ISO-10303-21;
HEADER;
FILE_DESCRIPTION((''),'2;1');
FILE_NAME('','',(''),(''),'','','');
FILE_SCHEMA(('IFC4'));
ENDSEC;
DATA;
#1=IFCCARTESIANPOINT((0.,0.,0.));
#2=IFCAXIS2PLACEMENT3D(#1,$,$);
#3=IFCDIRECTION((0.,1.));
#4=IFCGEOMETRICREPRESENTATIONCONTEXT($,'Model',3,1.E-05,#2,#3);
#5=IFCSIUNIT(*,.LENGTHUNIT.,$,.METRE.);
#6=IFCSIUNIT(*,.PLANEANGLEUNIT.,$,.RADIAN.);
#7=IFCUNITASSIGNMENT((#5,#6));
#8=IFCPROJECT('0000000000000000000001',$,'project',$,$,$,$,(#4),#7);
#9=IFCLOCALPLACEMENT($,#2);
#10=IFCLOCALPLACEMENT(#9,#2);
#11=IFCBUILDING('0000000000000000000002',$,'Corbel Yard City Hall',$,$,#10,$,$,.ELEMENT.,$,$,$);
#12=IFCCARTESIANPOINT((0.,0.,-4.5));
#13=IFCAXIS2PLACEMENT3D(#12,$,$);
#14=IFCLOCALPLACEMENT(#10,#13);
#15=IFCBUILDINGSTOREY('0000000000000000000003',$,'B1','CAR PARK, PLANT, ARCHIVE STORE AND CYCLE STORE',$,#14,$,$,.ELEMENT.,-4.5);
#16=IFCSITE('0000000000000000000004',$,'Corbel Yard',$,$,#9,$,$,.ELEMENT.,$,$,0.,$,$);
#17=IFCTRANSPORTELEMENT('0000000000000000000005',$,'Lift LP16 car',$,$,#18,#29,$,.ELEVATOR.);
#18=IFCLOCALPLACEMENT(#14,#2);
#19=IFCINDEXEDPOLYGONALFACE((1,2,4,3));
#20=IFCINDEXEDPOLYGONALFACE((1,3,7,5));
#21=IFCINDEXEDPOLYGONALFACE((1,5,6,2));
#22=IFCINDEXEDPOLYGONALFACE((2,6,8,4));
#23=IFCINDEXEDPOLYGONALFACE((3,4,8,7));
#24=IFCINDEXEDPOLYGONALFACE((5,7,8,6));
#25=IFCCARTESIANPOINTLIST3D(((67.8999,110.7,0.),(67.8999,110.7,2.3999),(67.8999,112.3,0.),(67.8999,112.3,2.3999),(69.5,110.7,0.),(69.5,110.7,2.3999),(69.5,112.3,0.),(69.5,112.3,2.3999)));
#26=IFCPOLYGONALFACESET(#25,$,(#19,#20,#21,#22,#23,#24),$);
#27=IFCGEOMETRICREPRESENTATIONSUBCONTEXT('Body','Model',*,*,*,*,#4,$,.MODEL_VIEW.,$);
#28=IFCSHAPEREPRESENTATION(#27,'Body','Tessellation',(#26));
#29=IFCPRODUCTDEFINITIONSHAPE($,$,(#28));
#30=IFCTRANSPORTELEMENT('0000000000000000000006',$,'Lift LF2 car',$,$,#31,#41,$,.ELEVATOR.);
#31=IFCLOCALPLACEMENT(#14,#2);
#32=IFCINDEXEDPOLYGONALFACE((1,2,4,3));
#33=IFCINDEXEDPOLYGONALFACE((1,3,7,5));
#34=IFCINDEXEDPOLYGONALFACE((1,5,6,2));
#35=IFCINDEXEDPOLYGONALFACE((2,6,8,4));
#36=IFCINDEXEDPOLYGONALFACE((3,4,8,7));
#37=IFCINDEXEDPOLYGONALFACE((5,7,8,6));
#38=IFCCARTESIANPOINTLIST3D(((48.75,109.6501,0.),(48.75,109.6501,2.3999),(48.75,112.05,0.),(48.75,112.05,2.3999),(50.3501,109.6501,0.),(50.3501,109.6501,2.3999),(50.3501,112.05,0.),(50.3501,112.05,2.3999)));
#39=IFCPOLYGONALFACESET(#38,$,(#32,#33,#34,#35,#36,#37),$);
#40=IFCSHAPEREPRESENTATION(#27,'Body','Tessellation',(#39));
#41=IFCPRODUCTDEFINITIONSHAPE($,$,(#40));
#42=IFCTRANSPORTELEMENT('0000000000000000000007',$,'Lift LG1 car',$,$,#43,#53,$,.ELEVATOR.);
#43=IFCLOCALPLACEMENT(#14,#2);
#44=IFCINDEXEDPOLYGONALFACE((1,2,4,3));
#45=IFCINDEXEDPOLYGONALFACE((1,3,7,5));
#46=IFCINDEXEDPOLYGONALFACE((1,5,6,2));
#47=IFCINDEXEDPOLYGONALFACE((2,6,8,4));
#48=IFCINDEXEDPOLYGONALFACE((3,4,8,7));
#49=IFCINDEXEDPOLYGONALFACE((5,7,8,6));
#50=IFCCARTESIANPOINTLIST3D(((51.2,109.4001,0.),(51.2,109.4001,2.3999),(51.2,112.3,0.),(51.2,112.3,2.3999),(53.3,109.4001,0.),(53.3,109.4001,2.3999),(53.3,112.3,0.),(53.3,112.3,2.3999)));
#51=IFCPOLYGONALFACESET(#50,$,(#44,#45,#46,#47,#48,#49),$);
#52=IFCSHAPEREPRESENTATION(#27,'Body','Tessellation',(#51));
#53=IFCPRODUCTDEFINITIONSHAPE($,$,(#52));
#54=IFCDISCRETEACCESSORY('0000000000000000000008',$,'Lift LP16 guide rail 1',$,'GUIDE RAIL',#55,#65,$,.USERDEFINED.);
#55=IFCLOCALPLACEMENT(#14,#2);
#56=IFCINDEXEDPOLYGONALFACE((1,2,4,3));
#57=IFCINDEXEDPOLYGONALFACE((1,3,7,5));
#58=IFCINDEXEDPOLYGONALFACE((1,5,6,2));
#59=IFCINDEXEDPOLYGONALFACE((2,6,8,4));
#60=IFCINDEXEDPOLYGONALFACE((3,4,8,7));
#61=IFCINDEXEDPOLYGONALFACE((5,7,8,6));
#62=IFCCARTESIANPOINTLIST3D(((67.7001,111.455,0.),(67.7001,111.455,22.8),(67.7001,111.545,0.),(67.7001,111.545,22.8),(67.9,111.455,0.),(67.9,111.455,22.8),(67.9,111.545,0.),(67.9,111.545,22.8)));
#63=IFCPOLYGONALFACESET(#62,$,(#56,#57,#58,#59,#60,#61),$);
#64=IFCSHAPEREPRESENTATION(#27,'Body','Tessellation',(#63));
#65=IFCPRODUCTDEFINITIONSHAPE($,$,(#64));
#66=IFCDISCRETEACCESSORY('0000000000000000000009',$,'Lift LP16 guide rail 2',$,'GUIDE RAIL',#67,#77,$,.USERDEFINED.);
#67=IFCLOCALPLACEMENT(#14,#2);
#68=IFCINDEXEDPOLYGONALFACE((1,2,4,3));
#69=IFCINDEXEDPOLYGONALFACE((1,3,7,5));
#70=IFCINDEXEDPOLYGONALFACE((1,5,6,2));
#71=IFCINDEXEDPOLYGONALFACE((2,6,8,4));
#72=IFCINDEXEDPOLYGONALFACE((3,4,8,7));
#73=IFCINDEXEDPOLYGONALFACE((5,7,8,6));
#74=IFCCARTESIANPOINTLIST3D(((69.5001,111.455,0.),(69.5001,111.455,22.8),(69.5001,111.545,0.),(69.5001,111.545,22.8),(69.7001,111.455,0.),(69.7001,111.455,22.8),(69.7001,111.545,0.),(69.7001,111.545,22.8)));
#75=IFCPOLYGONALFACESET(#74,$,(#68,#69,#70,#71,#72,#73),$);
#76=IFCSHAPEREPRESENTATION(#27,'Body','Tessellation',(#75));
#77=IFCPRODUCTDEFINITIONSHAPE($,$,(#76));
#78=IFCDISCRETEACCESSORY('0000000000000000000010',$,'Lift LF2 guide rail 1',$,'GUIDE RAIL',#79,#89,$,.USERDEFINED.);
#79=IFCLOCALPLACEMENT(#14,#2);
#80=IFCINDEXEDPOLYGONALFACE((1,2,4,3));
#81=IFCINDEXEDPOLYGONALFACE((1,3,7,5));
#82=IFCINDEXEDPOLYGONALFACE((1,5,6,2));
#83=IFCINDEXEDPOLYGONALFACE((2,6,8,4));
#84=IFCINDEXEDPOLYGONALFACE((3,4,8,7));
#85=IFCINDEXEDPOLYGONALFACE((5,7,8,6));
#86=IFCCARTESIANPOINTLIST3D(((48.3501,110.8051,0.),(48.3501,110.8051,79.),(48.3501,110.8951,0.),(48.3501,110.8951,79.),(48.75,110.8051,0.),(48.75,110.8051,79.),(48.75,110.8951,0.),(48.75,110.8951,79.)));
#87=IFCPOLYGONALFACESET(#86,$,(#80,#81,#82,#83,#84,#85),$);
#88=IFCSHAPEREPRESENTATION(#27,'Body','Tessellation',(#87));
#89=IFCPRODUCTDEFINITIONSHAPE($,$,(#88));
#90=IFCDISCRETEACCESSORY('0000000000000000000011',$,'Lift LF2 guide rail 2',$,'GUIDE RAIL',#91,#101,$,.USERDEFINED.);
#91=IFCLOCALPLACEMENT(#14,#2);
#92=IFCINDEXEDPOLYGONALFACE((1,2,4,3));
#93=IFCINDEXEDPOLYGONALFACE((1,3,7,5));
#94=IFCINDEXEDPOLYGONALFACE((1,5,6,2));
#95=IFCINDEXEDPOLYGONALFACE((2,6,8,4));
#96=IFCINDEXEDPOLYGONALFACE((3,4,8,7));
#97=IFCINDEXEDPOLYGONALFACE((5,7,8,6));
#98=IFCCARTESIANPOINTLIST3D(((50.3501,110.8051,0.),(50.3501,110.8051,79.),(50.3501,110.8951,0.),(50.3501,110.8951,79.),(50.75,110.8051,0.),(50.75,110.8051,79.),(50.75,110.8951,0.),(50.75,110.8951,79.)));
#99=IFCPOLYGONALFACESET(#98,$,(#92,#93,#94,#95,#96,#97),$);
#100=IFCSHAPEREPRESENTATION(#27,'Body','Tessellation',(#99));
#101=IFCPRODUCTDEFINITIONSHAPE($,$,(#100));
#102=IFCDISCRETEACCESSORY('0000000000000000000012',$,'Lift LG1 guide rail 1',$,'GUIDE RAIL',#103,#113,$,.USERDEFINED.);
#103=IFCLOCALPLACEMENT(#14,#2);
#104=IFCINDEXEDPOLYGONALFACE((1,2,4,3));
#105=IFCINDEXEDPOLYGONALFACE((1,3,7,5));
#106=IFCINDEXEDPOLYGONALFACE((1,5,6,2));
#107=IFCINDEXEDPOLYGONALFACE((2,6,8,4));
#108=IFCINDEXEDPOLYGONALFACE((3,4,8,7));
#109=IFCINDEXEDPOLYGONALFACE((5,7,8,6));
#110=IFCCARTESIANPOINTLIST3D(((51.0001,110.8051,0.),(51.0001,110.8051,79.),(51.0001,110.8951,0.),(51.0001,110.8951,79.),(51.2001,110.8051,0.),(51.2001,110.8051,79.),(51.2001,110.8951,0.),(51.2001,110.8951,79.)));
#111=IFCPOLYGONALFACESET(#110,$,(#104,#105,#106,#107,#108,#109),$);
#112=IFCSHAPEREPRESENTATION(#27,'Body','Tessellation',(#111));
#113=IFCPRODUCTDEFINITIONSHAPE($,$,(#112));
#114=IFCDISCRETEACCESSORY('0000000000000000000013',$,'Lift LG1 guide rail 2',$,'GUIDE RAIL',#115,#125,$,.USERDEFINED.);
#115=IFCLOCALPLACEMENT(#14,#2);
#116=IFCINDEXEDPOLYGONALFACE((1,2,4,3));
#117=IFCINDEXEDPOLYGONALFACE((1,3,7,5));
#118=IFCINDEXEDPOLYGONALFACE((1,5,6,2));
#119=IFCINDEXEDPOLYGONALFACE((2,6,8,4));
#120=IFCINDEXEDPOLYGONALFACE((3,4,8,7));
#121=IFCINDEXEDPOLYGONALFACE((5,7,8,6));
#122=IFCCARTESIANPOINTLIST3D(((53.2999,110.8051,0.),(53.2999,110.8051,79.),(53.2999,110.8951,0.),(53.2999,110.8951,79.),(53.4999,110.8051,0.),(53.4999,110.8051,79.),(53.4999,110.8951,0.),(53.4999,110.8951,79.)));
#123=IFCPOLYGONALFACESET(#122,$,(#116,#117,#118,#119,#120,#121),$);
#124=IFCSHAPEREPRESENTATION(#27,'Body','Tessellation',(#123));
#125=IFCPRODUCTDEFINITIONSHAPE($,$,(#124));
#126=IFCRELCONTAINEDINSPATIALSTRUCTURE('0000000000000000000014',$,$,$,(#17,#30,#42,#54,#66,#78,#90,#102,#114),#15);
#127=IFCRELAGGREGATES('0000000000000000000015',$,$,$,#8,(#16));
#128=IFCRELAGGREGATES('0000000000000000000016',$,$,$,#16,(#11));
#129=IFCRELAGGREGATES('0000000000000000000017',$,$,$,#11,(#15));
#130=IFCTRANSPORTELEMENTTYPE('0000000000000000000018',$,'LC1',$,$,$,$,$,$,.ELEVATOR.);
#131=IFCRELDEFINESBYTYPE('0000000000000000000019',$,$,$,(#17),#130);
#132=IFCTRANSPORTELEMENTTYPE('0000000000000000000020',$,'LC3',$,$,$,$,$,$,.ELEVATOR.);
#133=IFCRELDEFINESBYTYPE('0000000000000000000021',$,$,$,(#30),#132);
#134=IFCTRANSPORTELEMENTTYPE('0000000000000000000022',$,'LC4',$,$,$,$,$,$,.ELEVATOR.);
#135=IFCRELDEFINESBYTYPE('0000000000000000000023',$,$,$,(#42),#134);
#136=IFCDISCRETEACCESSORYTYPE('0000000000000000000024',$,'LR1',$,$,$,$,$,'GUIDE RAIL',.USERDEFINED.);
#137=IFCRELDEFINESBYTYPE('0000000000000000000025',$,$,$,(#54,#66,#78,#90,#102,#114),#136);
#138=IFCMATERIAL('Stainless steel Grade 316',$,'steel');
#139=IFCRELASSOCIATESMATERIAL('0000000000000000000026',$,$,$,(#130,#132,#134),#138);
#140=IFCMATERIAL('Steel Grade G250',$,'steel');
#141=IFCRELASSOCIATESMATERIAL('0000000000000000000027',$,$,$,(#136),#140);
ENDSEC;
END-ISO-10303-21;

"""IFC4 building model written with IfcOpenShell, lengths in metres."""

from ifc_helpers import new_model, si_unit, direction, frame, origin, origin_2d, place, context, subcontext, project, spatial, rectangle, extrude, material, type_object, element, save


model = new_model("IFC4")

# Units and contexts
model_context = context("Model", 3, precision=1e-05, world=origin(), true_north=direction((0.0, 1.0)))
body_context = subcontext(model_context, "Body", "Model", "MODEL_VIEW")
ifc_project = project(units=[si_unit("LENGTHUNIT", "METRE"), si_unit("PLANEANGLEUNIT", "RADIAN")], contexts=[model_context])

# Site, building, storey
site_placement = place(None, origin())
site = spatial("IfcSite", under=ifc_project, at=site_placement, Name="Corbel Yard", CompositionType="ELEMENT", RefElevation=0.0)
building_placement = place(site_placement, origin())
building = spatial("IfcBuilding", under=site, at=building_placement, Name="Corbel Yard City Hall", CompositionType="ELEMENT")
storey_placement = place(building_placement, frame((0.0, 0.0, -4.5)))
storey = spatial("IfcBuildingStorey", under=building, at=storey_placement, Name="B1", Description="CAR PARK, PLANT, ARCHIVE STORE AND CYCLE STORE", CompositionType="ELEMENT", Elevation=-4.5)

# Shared definitions
ifc_material_1 = material(Name="Steel Grade G250", Category="steel")

# Shared definitions
ifc_material_2 = material(Name="Stainless steel Grade 316", Category="steel")

# Transport elements
transport_element_type_1 = type_object("IfcTransportElementType", Name="LC1", PredefinedType="ELEVATOR", material=ifc_material_2)
transport_element_1_placement = place(storey_placement, frame((68.7, 111.5, 0.0), z_axis=(0.0, 0.0, 1.0), x_axis=(1.0, 0.0, 0.0)))
element("IfcTransportElement", 1, at=transport_element_1_placement, inside=storey, type_object=transport_element_type_1, Name="Lift LP16 car", PredefinedType="ELEVATOR", context=body_context, shape_type="SweptSolid", body=[
    extrude(rectangle(XDim=1.6001, YDim=1.6001, at=origin_2d()), origin(), (0.0, 0.0, 1.0), 2.3999),
])
transport_element_type_2 = type_object("IfcTransportElementType", Name="LC3", PredefinedType="ELEVATOR", material=ifc_material_2)
transport_element_2_placement = place(storey_placement, frame((49.55, 110.8501, 0.0), z_axis=(0.0, 0.0, 1.0), x_axis=(1.0, 0.0, 0.0)))
element("IfcTransportElement", 2, at=transport_element_2_placement, inside=storey, type_object=transport_element_type_2, Name="Lift LF2 car", PredefinedType="ELEVATOR", context=body_context, shape_type="SweptSolid", body=[
    extrude(rectangle(XDim=1.6001, YDim=2.3999, at=origin_2d()), origin(), (0.0, 0.0, 1.0), 2.3999),
])
transport_element_type_3 = type_object("IfcTransportElementType", Name="LC4", PredefinedType="ELEVATOR", material=ifc_material_2)
transport_element_3_placement = place(storey_placement, frame((52.25, 110.8501, 0.0), z_axis=(0.0, 0.0, 1.0), x_axis=(1.0, 0.0, 0.0)))
element("IfcTransportElement", 3, at=transport_element_3_placement, inside=storey, type_object=transport_element_type_3, Name="Lift LG1 car", PredefinedType="ELEVATOR", context=body_context, shape_type="SweptSolid", body=[
    extrude(rectangle(XDim=2.1001, YDim=2.8999, at=origin_2d()), origin(), (0.0, 0.0, 1.0), 2.3999),
])

# Discrete accessories
discrete_accessory_type = type_object("IfcDiscreteAccessoryType", Name="LR1", ElementType="GUIDE RAIL", PredefinedType="USERDEFINED", material=ifc_material_1)
for number, where, z_axis, x_axis, name in (
    (4, (67.8, 111.5, 0.0), (0.0, 0.0, 1.0), (1.0, 0.0, 0.0), "Lift LP16 guide rail 1"),
    (5, (69.6001, 111.5, 0.0), (0.0, 0.0, 1.0), (1.0, 0.0, 0.0), "Lift LP16 guide rail 2"),
):
    element("IfcDiscreteAccessory", number, at=place(storey_placement, frame(where, z_axis=z_axis, x_axis=x_axis)), inside=storey, type_object=discrete_accessory_type, Name=name, ObjectType="GUIDE RAIL", PredefinedType="USERDEFINED", context=body_context, shape_type="SweptSolid", body=[
        extrude(rectangle(XDim=0.2, YDim=0.0901, at=origin_2d()), origin(), (0.0, 0.0, 1.0), 22.8),
    ])
for number, where, z_axis, x_axis, name in (
    (6, (48.55, 110.8501, 0.0), (0.0, 0.0, 1.0), (1.0, 0.0, 0.0), "Lift LF2 guide rail 1"),
    (7, (50.55, 110.8501, 0.0), (0.0, 0.0, 1.0), (1.0, 0.0, 0.0), "Lift LF2 guide rail 2"),
):
    element("IfcDiscreteAccessory", number, at=place(storey_placement, frame(where, z_axis=z_axis, x_axis=x_axis)), inside=storey, type_object=discrete_accessory_type, Name=name, ObjectType="GUIDE RAIL", PredefinedType="USERDEFINED", context=body_context, shape_type="SweptSolid", body=[
        extrude(rectangle(XDim=0.3999, YDim=0.0901, at=origin_2d()), origin(), (0.0, 0.0, 1.0), 79.0),
    ])
for number, where, z_axis, x_axis, name in (
    (8, (51.1001, 110.8501, 0.0), (0.0, 0.0, 1.0), (1.0, 0.0, 0.0), "Lift LG1 guide rail 1"),
    (9, (53.3999, 110.8501, 0.0), (0.0, 0.0, 1.0), (1.0, 0.0, 0.0), "Lift LG1 guide rail 2"),
):
    element("IfcDiscreteAccessory", number, at=place(storey_placement, frame(where, z_axis=z_axis, x_axis=x_axis)), inside=storey, type_object=discrete_accessory_type, Name=name, ObjectType="GUIDE RAIL", PredefinedType="USERDEFINED", context=body_context, shape_type="SweptSolid", body=[
        extrude(rectangle(XDim=0.2, YDim=0.0901, at=origin_2d()), origin(), (0.0, 0.0, 1.0), 79.0),
    ])

save(model, "model.ifc")
